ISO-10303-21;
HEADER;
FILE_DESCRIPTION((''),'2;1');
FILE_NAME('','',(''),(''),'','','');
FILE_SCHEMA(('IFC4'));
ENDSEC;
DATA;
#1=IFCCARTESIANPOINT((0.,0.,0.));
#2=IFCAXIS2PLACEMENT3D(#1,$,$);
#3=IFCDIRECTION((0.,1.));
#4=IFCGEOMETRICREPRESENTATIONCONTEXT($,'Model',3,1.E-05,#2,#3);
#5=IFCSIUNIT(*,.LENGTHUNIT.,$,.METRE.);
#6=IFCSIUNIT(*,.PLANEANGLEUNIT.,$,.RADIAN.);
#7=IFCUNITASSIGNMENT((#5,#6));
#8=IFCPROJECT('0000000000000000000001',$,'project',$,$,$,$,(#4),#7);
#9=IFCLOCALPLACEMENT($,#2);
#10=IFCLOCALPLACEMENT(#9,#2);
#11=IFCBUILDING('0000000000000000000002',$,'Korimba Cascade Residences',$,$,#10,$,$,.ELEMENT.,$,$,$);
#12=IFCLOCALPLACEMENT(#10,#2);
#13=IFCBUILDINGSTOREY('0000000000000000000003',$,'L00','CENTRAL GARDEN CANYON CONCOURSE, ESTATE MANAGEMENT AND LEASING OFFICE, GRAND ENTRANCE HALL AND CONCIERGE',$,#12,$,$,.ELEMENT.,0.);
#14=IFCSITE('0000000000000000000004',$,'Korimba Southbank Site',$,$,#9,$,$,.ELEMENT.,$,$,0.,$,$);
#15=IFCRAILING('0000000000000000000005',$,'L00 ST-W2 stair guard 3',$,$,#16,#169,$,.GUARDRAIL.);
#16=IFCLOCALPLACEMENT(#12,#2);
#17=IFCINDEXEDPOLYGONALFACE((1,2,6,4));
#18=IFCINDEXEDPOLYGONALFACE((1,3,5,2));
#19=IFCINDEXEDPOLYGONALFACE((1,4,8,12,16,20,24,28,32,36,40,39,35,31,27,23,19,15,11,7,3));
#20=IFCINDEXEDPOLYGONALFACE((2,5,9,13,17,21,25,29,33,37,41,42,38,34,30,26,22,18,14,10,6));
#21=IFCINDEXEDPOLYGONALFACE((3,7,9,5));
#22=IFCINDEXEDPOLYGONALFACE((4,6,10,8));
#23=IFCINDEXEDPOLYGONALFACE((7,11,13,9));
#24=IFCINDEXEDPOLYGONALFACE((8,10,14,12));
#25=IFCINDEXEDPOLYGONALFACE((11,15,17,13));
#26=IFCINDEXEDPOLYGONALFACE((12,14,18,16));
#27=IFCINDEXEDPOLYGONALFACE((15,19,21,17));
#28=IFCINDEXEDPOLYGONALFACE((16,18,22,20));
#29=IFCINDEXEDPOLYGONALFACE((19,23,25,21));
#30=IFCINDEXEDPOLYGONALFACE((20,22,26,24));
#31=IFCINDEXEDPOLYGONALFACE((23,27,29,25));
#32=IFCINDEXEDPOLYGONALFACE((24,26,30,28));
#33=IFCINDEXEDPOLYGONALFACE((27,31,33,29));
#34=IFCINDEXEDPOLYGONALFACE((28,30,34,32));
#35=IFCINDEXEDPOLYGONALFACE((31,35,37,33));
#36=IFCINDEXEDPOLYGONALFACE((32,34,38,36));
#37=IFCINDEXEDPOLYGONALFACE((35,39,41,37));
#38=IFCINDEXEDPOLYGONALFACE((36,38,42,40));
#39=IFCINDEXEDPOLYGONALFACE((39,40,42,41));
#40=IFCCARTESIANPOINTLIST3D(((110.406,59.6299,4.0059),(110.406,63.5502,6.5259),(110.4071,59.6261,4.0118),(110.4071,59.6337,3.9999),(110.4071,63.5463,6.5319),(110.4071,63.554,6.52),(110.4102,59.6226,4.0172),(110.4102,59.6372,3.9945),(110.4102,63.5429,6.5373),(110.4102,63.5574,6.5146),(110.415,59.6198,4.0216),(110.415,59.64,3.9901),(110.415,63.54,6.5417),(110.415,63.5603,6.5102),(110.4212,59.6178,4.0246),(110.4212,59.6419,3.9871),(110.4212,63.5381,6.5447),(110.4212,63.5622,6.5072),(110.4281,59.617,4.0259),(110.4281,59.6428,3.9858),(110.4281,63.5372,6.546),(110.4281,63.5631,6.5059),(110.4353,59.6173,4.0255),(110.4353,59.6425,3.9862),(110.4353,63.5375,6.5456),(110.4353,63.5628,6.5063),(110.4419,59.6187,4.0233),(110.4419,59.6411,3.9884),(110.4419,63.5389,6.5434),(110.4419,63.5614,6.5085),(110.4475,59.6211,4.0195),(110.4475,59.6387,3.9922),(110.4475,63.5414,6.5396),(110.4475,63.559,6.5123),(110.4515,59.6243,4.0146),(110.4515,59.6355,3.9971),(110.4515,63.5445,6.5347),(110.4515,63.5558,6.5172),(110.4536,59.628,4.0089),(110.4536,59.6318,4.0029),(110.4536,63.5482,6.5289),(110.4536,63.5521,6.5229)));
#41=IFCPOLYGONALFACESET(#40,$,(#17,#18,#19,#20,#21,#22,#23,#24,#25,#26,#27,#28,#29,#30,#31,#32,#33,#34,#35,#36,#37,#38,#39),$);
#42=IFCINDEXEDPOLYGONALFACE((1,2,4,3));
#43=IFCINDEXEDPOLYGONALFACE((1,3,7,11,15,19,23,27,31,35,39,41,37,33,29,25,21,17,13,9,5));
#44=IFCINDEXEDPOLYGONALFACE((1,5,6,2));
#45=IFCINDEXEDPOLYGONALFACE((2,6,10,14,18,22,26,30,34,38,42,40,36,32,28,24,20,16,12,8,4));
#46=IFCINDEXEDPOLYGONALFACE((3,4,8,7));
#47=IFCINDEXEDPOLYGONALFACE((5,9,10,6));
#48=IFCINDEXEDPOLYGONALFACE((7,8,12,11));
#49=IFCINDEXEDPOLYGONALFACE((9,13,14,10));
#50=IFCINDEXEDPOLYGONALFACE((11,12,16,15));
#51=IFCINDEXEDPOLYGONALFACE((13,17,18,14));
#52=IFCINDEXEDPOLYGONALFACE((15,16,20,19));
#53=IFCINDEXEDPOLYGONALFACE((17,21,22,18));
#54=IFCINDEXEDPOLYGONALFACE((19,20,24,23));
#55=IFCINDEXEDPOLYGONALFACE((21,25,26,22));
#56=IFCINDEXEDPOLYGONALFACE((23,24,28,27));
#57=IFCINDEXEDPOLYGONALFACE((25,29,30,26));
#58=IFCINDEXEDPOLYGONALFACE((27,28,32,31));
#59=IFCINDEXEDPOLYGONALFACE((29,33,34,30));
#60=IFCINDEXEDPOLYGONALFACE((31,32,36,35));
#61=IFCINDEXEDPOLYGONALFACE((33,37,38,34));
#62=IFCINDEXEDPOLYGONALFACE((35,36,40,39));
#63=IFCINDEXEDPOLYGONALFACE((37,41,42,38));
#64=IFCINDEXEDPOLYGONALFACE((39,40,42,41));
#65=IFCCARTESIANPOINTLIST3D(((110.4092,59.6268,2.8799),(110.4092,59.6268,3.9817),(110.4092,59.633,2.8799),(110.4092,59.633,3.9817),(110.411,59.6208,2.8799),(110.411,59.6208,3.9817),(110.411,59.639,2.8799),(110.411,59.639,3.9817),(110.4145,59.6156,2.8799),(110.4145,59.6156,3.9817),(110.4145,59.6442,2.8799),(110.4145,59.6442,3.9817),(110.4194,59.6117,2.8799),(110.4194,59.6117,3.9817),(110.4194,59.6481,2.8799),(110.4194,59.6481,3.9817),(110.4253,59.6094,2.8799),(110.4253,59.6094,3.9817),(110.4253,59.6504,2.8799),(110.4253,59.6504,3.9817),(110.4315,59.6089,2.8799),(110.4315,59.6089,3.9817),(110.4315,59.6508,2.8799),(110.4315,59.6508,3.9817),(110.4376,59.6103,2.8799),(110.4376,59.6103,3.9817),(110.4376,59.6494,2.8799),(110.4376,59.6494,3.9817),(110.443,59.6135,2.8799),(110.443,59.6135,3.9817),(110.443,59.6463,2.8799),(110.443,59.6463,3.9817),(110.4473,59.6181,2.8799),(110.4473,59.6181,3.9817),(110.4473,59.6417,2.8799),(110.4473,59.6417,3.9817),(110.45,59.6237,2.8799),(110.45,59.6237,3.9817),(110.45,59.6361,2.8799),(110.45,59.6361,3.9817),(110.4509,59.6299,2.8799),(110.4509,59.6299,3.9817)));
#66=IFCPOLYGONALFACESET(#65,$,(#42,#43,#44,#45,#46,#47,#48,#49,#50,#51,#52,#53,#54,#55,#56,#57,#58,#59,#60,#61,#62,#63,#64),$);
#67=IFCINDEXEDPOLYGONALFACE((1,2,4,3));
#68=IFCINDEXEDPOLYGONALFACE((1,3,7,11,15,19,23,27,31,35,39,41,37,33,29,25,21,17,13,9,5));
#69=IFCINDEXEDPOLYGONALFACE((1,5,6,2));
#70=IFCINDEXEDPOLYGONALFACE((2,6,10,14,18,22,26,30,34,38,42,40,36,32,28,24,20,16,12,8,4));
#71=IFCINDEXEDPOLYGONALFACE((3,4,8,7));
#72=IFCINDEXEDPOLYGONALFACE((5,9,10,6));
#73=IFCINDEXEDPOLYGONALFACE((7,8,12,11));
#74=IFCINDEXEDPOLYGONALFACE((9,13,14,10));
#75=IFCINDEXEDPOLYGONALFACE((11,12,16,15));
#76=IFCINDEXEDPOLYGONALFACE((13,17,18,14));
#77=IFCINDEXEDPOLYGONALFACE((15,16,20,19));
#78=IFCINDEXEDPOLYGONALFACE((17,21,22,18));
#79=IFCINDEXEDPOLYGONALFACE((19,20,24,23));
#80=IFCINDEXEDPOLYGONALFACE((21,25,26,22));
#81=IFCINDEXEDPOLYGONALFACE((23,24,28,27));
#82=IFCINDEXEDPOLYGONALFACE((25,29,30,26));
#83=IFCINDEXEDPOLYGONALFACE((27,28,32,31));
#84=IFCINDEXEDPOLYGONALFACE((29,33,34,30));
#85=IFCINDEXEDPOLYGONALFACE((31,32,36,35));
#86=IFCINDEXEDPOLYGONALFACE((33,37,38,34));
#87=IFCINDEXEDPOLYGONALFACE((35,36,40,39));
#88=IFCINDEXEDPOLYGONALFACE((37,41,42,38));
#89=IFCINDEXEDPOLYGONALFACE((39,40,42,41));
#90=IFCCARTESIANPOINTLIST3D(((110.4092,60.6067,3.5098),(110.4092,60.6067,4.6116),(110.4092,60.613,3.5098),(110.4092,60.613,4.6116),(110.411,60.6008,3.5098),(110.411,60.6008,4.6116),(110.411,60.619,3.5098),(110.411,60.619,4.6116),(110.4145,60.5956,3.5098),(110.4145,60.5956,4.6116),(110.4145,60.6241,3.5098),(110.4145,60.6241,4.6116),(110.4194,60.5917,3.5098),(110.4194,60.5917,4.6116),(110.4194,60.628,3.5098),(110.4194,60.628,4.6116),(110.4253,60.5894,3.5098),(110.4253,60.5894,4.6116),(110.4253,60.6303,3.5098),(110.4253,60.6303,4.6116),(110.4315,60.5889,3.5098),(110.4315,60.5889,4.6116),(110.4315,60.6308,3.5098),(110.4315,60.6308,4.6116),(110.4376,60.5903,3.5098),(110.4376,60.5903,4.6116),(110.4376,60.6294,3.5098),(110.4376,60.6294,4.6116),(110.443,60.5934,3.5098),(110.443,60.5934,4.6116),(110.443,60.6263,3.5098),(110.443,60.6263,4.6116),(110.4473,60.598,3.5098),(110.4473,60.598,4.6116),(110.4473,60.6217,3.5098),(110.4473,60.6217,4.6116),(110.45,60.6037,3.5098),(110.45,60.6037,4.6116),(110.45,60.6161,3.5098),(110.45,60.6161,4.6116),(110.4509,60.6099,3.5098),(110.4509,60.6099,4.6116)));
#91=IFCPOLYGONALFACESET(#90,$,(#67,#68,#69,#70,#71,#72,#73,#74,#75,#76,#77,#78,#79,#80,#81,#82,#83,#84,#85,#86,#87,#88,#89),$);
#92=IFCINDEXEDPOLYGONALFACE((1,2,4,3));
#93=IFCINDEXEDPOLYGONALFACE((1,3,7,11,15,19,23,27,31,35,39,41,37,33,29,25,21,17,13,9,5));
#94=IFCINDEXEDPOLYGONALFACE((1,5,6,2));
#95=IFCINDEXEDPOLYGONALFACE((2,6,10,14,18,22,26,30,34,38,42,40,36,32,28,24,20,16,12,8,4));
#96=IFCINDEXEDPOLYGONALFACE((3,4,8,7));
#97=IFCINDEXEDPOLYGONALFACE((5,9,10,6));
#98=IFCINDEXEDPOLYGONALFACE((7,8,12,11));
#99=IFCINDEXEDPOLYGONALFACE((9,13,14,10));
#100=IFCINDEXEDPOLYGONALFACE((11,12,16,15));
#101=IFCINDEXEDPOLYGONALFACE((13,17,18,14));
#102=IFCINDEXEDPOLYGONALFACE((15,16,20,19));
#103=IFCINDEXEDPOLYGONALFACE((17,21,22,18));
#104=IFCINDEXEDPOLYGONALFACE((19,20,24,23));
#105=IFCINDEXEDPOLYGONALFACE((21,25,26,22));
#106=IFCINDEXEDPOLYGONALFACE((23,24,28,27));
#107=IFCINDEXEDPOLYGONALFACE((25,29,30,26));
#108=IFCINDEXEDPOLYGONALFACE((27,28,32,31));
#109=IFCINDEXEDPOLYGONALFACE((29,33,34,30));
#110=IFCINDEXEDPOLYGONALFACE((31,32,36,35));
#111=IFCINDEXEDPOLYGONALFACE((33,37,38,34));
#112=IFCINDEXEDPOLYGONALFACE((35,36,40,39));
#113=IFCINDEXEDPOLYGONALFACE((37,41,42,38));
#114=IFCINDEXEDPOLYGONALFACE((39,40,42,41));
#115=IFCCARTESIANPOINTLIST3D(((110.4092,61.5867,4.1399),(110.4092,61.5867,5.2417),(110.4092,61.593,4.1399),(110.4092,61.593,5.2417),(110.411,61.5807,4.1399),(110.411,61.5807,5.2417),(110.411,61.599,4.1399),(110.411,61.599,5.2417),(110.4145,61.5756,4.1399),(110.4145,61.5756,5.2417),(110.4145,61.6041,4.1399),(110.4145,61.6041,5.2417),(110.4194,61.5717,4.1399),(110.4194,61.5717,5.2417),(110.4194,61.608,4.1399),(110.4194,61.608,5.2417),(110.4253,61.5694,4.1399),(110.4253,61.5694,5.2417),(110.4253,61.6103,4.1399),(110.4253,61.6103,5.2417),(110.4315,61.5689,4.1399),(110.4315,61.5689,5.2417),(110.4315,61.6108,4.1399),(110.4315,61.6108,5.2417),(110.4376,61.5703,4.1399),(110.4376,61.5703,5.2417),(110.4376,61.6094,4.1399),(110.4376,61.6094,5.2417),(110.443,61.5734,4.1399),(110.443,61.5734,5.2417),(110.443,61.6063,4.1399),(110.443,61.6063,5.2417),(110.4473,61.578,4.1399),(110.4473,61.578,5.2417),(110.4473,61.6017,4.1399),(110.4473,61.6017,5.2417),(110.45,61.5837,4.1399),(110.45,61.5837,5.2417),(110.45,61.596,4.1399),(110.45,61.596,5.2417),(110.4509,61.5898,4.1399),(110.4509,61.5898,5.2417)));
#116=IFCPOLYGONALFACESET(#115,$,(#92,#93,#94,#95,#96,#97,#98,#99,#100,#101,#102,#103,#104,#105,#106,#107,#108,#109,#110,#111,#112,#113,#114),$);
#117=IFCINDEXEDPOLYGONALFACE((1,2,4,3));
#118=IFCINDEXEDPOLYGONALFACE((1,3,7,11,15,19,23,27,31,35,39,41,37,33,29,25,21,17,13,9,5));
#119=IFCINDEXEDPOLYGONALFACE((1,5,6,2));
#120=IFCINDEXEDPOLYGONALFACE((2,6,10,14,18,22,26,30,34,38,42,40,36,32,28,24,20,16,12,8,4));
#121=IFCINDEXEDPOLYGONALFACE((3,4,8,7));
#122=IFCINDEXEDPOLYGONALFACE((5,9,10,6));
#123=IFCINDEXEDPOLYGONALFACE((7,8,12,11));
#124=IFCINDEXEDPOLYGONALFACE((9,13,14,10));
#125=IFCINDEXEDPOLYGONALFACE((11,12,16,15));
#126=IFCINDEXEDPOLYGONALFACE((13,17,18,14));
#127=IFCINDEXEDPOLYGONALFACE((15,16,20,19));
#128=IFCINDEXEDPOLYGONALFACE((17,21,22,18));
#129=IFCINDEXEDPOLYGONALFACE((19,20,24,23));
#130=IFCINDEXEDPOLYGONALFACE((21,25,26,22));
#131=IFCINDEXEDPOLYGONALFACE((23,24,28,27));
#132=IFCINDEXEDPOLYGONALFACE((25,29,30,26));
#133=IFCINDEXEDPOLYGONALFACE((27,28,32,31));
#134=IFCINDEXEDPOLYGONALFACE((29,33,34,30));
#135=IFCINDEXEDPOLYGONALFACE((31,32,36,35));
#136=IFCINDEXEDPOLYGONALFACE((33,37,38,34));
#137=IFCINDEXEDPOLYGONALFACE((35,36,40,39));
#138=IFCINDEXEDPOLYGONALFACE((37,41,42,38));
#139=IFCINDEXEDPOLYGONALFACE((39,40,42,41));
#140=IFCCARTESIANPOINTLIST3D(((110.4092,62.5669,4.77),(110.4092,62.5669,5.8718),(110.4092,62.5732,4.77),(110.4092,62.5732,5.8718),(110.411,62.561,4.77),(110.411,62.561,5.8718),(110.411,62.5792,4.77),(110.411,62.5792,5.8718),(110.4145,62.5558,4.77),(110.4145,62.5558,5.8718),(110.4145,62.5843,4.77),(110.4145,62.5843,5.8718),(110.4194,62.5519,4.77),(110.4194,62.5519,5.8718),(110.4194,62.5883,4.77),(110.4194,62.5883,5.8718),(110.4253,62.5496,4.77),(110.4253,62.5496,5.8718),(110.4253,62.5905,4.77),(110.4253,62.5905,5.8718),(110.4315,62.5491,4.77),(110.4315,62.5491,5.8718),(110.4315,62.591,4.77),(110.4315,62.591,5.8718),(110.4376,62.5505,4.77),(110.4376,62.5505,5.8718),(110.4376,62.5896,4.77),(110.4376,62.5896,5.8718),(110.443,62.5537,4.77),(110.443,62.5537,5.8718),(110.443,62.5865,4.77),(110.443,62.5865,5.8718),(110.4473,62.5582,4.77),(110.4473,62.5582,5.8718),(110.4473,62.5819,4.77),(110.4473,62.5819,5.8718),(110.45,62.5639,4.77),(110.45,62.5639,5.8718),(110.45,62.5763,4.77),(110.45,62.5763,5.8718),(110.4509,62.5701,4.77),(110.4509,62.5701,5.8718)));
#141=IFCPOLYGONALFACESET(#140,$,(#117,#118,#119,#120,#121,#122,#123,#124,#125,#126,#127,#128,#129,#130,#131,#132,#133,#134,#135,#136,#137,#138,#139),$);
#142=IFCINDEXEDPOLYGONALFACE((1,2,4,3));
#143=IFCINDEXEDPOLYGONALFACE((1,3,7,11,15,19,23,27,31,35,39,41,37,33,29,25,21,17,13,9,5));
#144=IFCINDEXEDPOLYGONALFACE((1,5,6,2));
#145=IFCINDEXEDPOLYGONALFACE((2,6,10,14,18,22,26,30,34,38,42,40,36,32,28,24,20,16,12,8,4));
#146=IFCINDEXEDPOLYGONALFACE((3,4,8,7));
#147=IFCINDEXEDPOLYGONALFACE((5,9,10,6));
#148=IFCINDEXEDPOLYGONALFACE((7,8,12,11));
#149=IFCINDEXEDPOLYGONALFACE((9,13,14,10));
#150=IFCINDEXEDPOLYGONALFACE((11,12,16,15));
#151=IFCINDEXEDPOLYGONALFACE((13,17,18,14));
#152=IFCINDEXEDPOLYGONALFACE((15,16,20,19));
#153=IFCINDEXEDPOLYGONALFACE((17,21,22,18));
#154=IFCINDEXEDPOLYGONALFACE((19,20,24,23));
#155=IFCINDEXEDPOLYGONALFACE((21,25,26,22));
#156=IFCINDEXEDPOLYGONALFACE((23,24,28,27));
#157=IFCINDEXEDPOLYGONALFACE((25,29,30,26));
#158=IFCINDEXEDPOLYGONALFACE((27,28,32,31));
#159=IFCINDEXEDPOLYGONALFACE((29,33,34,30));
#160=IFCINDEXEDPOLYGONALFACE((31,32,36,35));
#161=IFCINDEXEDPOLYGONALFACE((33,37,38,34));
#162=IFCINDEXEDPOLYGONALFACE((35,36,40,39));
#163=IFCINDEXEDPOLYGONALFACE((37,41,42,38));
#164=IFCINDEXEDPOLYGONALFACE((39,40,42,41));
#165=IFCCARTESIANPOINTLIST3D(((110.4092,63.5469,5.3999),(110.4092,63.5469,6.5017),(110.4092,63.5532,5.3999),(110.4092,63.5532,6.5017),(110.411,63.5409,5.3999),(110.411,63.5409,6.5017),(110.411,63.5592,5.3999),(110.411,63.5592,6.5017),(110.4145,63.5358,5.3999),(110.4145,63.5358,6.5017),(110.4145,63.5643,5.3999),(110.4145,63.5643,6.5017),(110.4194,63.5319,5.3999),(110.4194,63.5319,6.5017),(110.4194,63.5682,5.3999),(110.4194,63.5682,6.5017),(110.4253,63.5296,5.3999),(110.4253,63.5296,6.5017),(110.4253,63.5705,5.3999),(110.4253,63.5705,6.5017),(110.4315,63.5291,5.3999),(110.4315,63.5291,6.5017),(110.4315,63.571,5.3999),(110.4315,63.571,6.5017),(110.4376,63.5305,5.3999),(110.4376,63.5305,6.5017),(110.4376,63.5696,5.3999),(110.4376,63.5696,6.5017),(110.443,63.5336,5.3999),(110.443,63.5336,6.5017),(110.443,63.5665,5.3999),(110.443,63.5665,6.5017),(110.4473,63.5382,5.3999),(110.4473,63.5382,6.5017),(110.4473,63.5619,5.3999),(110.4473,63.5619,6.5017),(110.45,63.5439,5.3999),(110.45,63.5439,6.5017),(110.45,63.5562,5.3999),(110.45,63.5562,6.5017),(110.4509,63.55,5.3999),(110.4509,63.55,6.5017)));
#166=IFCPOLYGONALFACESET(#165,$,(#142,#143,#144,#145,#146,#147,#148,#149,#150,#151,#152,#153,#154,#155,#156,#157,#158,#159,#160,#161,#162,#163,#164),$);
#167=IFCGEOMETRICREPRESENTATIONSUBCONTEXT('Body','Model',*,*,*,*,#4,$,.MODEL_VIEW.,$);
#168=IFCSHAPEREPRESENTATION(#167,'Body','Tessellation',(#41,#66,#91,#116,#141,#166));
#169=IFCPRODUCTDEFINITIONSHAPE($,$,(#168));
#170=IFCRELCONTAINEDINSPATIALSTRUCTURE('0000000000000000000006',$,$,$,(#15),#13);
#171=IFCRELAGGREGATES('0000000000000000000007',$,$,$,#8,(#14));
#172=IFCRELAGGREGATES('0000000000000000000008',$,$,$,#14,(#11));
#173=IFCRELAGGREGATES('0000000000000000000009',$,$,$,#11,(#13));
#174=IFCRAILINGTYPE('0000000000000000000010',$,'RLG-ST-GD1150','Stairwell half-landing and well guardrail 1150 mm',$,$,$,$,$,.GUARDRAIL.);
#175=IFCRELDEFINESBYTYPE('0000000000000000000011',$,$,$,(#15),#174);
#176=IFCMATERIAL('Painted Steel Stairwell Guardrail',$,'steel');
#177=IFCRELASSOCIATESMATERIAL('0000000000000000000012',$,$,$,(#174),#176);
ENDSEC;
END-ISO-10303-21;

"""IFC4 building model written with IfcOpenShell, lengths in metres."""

from ifc_helpers import new_model, si_unit, direction, frame, origin, origin_2d, place, context, subcontext, project, spatial, circle, extrude, material, type_object, element, save


model = new_model("IFC4")

# Units and contexts
model_context = context("Model", 3, precision=1e-05, world=origin(), true_north=direction((0.0, 1.0)))
body_context = subcontext(model_context, "Body", "Model", "MODEL_VIEW")
ifc_project = project(units=[si_unit("LENGTHUNIT", "METRE"), si_unit("PLANEANGLEUNIT", "RADIAN")], contexts=[model_context])

# Site, building, storey
site_placement = place(None, origin())
site = spatial("IfcSite", under=ifc_project, at=site_placement, Name="Korimba Southbank Site", CompositionType="ELEMENT", RefElevation=0.0)
building_placement = place(site_placement, origin())
building = spatial("IfcBuilding", under=site, at=building_placement, Name="Korimba Cascade Residences", CompositionType="ELEMENT")
storey_placement = place(building_placement, origin())
storey = spatial("IfcBuildingStorey", under=building, at=storey_placement, Name="L00", Description="CENTRAL GARDEN CANYON CONCOURSE, ESTATE MANAGEMENT AND LEASING OFFICE, GRAND ENTRANCE HALL AND CONCIERGE", CompositionType="ELEMENT", Elevation=0.0)

# Railing
ifc_material_1 = material(Name="Painted Steel Stairwell Guardrail", Category="steel")
railing_type_1 = type_object("IfcRailingType", Name="RLG-ST-GD1150", Description="Stairwell half-landing and well guardrail 1150 mm", PredefinedType="GUARDRAIL", material=ifc_material_1)
railing_1_placement = place(storey_placement, frame((110.4299, 59.6299, 2.8799)))
element("IfcRailing", 1, at=railing_1_placement, inside=storey, type_object=railing_type_1, Name="L00 ST-W2 stair guard 3", PredefinedType="GUARDRAIL", context=body_context, shape_type="SweptSolid", body=[
    extrude(circle(Radius=0.0239, at=origin_2d()), frame((0.0, 0.0, 1.126), z_axis=(0.0, 0.841187, 0.540744), x_axis=(-1.0, 0.0, 0.0)), (0.0, 0.0, 1.0), 4.6604),
    extrude(circle(Radius=0.021, at=origin_2d()), origin(), (0.0, 0.0, 1.0), 1.1018),
    extrude(circle(Radius=0.021, at=origin_2d()), frame((0.0, 0.98, 0.6299)), (0.0, 0.0, 1.0), 1.1018),
    extrude(circle(Radius=0.021, at=origin_2d()), frame((0.0, 1.96, 1.26)), (0.0, 0.0, 1.0), 1.1018),
    extrude(circle(Radius=0.021, at=origin_2d()), frame((0.0, 2.9402, 1.8901)), (0.0, 0.0, 1.0), 1.1018),
    extrude(circle(Radius=0.021, at=origin_2d()), frame((0.0, 3.9202, 2.52)), (0.0, 0.0, 1.0), 1.1018),
])

save(model, "model.ifc")
